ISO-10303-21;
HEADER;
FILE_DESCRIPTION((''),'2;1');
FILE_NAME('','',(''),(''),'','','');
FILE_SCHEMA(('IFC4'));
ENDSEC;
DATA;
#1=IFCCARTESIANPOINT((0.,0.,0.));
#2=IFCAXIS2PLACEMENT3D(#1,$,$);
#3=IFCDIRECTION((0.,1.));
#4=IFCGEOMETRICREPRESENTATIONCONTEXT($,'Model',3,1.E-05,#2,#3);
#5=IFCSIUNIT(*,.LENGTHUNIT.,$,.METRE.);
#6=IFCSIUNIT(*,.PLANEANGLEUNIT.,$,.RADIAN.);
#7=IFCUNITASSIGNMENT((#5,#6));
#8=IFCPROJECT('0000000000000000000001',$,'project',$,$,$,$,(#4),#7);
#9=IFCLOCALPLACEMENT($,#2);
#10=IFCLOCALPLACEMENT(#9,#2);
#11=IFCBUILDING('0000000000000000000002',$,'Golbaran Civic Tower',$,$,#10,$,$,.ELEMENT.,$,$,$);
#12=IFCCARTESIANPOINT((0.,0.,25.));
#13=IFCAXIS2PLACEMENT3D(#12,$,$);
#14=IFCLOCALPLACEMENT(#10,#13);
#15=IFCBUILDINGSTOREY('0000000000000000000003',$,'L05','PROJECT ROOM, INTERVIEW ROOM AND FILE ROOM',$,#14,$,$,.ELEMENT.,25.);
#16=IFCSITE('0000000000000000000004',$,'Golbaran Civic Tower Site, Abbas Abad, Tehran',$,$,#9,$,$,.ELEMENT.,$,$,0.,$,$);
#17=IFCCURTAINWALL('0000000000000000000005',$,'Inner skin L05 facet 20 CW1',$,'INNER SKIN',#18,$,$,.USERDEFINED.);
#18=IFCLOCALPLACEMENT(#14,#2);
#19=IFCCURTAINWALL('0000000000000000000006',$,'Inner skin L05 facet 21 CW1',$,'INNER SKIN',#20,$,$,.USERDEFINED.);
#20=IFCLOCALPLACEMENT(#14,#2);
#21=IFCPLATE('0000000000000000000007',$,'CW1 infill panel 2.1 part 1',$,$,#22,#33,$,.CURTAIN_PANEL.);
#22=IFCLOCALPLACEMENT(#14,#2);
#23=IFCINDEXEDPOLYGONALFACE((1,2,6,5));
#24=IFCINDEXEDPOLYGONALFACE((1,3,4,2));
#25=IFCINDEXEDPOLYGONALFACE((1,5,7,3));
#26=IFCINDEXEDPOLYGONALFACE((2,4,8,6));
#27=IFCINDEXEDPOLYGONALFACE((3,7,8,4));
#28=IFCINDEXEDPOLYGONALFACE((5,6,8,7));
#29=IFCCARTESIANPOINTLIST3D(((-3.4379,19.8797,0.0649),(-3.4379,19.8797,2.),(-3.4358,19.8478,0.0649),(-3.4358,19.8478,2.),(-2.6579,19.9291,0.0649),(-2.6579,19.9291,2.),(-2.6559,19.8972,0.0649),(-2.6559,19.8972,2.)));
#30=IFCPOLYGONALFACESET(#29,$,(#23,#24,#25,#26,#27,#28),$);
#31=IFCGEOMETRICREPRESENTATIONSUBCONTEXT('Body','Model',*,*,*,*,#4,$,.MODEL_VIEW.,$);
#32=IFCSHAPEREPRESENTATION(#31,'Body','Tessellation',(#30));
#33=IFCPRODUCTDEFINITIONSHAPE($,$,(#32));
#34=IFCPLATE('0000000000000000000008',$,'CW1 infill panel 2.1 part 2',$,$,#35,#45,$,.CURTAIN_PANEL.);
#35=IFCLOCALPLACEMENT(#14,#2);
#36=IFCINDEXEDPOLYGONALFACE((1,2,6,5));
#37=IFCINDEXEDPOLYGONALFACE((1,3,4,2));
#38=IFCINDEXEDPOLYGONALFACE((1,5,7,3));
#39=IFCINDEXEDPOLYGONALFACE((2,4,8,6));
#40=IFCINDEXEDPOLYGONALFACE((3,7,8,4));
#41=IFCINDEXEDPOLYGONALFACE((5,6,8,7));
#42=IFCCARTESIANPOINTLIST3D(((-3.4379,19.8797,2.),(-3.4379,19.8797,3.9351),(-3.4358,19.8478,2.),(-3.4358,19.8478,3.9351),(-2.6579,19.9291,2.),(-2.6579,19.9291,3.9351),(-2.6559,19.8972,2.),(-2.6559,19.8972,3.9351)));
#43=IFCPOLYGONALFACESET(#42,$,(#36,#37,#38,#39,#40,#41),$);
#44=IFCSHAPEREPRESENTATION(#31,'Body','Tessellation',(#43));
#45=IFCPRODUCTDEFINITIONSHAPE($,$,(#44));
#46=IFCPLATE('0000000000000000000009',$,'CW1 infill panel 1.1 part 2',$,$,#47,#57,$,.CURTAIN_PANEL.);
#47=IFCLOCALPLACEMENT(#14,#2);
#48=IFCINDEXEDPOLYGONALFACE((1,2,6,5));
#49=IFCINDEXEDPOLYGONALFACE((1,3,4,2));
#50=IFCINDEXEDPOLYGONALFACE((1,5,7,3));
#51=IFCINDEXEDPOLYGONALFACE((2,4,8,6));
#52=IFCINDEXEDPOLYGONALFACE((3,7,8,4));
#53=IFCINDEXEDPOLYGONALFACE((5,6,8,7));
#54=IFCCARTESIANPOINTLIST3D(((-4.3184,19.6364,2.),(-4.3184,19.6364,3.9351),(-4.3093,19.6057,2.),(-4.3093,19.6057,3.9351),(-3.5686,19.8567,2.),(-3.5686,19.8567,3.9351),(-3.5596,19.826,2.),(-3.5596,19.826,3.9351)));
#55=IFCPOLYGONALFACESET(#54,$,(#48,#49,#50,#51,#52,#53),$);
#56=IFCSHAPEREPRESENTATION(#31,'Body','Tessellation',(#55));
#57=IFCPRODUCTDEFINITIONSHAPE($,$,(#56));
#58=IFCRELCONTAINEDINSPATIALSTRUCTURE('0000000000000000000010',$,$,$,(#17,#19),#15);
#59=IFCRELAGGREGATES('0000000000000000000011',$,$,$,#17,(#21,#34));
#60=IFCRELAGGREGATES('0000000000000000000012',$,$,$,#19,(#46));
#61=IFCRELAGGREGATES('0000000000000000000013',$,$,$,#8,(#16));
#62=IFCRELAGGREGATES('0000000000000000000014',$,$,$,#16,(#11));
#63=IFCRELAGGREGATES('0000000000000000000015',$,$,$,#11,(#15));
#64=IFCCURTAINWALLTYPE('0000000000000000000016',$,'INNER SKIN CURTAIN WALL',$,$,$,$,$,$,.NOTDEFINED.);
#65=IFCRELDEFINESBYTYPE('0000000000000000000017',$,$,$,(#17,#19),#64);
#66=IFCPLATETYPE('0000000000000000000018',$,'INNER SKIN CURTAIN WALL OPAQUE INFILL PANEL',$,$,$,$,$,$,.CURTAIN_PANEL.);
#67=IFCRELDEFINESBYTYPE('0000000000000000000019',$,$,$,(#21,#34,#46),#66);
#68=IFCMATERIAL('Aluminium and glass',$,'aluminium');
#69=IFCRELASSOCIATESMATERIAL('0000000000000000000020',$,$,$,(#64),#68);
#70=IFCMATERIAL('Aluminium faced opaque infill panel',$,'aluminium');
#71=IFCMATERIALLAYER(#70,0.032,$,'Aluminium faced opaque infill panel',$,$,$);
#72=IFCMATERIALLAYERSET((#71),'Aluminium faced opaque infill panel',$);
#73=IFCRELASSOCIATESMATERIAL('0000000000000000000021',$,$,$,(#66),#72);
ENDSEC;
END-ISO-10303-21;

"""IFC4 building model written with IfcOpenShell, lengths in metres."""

from ifc_helpers import new_model, si_unit, direction, frame, origin, origin_2d, place, context, subcontext, project, spatial, rectangle, extrude, material, layer, layer_set, type_object, element, aggregate, save


model = new_model("IFC4")

# Units and contexts
model_context = context("Model", 3, precision=1e-05, world=origin(), true_north=direction((0.0, 1.0)))
body_context = subcontext(model_context, "Body", "Model", "MODEL_VIEW")
ifc_project = project(units=[si_unit("LENGTHUNIT", "METRE"), si_unit("PLANEANGLEUNIT", "RADIAN")], contexts=[model_context])

# Site, building, storey
site_placement = place(None, origin())
site = spatial("IfcSite", under=ifc_project, at=site_placement, Name="Golbaran Civic Tower Site, Abbas Abad, Tehran", CompositionType="ELEMENT", RefElevation=0.0)
building_placement = place(site_placement, origin())
building = spatial("IfcBuilding", under=site, at=building_placement, Name="Golbaran Civic Tower", CompositionType="ELEMENT")
storey_placement = place(building_placement, frame((0.0, 0.0, 25.0)))
storey = spatial("IfcBuildingStorey", under=building, at=storey_placement, Name="L05", Description="PROJECT ROOM, INTERVIEW ROOM AND FILE ROOM", CompositionType="ELEMENT", Elevation=25.0)

# Shared definitions
ifc_material_1 = material(Name="Aluminium and glass", Category="aluminium")
curtain_wall_type = type_object("IfcCurtainWallType", Name="INNER SKIN CURTAIN WALL", PredefinedType="NOTDEFINED", material=ifc_material_1)

# Curtain walls
curtain_wall_1_placement = place(storey_placement, origin())
curtain_wall_1 = element("IfcCurtainWall", 1, at=curtain_wall_1_placement, inside=storey, type_object=curtain_wall_type, Name="Inner skin L05 facet 20 CW1", ObjectType="INNER SKIN", PredefinedType="USERDEFINED")
curtain_wall_2_placement = place(storey_placement, origin())
curtain_wall_2 = element("IfcCurtainWall", 2, at=curtain_wall_2_placement, inside=storey, type_object=curtain_wall_type, Name="Inner skin L05 facet 21 CW1", ObjectType="INNER SKIN", PredefinedType="USERDEFINED")

# Plates
ifc_material_2 = material(Name="Aluminium faced opaque infill panel", Category="aluminium")
ifc_layer_1 = layer(ifc_material_2, 0.032, Name="Aluminium faced opaque infill panel")
ifc_layer_set_1 = layer_set([ifc_layer_1], Name="Aluminium faced opaque infill panel")
plate_type_1 = type_object("IfcPlateType", Name="INNER SKIN CURTAIN WALL OPAQUE INFILL PANEL", PredefinedType="CURTAIN_PANEL", material=ifc_layer_set_1)
plate_1_placement = place(storey_placement, frame((-3.0469, 19.8884, 0.0649), z_axis=(0.0, 0.0, 1.0), x_axis=(-0.998002, -0.063183, 0.0)))
plate_1 = element("IfcPlate", 3, at=plate_1_placement, type_object=plate_type_1, Name="CW1 infill panel 2.1 part 1", PredefinedType="CURTAIN_PANEL", context=body_context, shape_type="SweptSolid", body=[
    extrude(rectangle(XDim=0.7815, YDim=0.032, at=origin_2d()), origin(), (0.0, 0.0, 1.0), 1.9351),
])
plate_2_placement = place(storey_placement, frame((-3.0469, 19.8884, 2.0), z_axis=(0.0, 0.0, 1.0), x_axis=(-0.998002, -0.063183, 0.0)))
plate_2 = element("IfcPlate", 4, at=plate_2_placement, type_object=plate_type_1, Name="CW1 infill panel 2.1 part 2", PredefinedType="CURTAIN_PANEL", context=body_context, shape_type="SweptSolid", body=[
    extrude(rectangle(XDim=0.7815, YDim=0.032, at=origin_2d()), origin(), (0.0, 0.0, 1.0), 1.9351),
])
aggregate(curtain_wall_1, [plate_1, plate_2])
plate_3_placement = place(storey_placement, frame((-3.939, 19.7312, 2.0), z_axis=(0.0, 0.0, 1.0), x_axis=(-0.959425, -0.281964, 0.0)))
plate_3 = element("IfcPlate", 5, at=plate_3_placement, type_object=plate_type_1, Name="CW1 infill panel 1.1 part 2", PredefinedType="CURTAIN_PANEL", context=body_context, shape_type="SweptSolid", body=[
    extrude(rectangle(XDim=0.7815, YDim=0.032, at=origin_2d()), origin(), (0.0, 0.0, 1.0), 1.9351),
])
aggregate(curtain_wall_2, [plate_3])

save(model, "model.ifc")
